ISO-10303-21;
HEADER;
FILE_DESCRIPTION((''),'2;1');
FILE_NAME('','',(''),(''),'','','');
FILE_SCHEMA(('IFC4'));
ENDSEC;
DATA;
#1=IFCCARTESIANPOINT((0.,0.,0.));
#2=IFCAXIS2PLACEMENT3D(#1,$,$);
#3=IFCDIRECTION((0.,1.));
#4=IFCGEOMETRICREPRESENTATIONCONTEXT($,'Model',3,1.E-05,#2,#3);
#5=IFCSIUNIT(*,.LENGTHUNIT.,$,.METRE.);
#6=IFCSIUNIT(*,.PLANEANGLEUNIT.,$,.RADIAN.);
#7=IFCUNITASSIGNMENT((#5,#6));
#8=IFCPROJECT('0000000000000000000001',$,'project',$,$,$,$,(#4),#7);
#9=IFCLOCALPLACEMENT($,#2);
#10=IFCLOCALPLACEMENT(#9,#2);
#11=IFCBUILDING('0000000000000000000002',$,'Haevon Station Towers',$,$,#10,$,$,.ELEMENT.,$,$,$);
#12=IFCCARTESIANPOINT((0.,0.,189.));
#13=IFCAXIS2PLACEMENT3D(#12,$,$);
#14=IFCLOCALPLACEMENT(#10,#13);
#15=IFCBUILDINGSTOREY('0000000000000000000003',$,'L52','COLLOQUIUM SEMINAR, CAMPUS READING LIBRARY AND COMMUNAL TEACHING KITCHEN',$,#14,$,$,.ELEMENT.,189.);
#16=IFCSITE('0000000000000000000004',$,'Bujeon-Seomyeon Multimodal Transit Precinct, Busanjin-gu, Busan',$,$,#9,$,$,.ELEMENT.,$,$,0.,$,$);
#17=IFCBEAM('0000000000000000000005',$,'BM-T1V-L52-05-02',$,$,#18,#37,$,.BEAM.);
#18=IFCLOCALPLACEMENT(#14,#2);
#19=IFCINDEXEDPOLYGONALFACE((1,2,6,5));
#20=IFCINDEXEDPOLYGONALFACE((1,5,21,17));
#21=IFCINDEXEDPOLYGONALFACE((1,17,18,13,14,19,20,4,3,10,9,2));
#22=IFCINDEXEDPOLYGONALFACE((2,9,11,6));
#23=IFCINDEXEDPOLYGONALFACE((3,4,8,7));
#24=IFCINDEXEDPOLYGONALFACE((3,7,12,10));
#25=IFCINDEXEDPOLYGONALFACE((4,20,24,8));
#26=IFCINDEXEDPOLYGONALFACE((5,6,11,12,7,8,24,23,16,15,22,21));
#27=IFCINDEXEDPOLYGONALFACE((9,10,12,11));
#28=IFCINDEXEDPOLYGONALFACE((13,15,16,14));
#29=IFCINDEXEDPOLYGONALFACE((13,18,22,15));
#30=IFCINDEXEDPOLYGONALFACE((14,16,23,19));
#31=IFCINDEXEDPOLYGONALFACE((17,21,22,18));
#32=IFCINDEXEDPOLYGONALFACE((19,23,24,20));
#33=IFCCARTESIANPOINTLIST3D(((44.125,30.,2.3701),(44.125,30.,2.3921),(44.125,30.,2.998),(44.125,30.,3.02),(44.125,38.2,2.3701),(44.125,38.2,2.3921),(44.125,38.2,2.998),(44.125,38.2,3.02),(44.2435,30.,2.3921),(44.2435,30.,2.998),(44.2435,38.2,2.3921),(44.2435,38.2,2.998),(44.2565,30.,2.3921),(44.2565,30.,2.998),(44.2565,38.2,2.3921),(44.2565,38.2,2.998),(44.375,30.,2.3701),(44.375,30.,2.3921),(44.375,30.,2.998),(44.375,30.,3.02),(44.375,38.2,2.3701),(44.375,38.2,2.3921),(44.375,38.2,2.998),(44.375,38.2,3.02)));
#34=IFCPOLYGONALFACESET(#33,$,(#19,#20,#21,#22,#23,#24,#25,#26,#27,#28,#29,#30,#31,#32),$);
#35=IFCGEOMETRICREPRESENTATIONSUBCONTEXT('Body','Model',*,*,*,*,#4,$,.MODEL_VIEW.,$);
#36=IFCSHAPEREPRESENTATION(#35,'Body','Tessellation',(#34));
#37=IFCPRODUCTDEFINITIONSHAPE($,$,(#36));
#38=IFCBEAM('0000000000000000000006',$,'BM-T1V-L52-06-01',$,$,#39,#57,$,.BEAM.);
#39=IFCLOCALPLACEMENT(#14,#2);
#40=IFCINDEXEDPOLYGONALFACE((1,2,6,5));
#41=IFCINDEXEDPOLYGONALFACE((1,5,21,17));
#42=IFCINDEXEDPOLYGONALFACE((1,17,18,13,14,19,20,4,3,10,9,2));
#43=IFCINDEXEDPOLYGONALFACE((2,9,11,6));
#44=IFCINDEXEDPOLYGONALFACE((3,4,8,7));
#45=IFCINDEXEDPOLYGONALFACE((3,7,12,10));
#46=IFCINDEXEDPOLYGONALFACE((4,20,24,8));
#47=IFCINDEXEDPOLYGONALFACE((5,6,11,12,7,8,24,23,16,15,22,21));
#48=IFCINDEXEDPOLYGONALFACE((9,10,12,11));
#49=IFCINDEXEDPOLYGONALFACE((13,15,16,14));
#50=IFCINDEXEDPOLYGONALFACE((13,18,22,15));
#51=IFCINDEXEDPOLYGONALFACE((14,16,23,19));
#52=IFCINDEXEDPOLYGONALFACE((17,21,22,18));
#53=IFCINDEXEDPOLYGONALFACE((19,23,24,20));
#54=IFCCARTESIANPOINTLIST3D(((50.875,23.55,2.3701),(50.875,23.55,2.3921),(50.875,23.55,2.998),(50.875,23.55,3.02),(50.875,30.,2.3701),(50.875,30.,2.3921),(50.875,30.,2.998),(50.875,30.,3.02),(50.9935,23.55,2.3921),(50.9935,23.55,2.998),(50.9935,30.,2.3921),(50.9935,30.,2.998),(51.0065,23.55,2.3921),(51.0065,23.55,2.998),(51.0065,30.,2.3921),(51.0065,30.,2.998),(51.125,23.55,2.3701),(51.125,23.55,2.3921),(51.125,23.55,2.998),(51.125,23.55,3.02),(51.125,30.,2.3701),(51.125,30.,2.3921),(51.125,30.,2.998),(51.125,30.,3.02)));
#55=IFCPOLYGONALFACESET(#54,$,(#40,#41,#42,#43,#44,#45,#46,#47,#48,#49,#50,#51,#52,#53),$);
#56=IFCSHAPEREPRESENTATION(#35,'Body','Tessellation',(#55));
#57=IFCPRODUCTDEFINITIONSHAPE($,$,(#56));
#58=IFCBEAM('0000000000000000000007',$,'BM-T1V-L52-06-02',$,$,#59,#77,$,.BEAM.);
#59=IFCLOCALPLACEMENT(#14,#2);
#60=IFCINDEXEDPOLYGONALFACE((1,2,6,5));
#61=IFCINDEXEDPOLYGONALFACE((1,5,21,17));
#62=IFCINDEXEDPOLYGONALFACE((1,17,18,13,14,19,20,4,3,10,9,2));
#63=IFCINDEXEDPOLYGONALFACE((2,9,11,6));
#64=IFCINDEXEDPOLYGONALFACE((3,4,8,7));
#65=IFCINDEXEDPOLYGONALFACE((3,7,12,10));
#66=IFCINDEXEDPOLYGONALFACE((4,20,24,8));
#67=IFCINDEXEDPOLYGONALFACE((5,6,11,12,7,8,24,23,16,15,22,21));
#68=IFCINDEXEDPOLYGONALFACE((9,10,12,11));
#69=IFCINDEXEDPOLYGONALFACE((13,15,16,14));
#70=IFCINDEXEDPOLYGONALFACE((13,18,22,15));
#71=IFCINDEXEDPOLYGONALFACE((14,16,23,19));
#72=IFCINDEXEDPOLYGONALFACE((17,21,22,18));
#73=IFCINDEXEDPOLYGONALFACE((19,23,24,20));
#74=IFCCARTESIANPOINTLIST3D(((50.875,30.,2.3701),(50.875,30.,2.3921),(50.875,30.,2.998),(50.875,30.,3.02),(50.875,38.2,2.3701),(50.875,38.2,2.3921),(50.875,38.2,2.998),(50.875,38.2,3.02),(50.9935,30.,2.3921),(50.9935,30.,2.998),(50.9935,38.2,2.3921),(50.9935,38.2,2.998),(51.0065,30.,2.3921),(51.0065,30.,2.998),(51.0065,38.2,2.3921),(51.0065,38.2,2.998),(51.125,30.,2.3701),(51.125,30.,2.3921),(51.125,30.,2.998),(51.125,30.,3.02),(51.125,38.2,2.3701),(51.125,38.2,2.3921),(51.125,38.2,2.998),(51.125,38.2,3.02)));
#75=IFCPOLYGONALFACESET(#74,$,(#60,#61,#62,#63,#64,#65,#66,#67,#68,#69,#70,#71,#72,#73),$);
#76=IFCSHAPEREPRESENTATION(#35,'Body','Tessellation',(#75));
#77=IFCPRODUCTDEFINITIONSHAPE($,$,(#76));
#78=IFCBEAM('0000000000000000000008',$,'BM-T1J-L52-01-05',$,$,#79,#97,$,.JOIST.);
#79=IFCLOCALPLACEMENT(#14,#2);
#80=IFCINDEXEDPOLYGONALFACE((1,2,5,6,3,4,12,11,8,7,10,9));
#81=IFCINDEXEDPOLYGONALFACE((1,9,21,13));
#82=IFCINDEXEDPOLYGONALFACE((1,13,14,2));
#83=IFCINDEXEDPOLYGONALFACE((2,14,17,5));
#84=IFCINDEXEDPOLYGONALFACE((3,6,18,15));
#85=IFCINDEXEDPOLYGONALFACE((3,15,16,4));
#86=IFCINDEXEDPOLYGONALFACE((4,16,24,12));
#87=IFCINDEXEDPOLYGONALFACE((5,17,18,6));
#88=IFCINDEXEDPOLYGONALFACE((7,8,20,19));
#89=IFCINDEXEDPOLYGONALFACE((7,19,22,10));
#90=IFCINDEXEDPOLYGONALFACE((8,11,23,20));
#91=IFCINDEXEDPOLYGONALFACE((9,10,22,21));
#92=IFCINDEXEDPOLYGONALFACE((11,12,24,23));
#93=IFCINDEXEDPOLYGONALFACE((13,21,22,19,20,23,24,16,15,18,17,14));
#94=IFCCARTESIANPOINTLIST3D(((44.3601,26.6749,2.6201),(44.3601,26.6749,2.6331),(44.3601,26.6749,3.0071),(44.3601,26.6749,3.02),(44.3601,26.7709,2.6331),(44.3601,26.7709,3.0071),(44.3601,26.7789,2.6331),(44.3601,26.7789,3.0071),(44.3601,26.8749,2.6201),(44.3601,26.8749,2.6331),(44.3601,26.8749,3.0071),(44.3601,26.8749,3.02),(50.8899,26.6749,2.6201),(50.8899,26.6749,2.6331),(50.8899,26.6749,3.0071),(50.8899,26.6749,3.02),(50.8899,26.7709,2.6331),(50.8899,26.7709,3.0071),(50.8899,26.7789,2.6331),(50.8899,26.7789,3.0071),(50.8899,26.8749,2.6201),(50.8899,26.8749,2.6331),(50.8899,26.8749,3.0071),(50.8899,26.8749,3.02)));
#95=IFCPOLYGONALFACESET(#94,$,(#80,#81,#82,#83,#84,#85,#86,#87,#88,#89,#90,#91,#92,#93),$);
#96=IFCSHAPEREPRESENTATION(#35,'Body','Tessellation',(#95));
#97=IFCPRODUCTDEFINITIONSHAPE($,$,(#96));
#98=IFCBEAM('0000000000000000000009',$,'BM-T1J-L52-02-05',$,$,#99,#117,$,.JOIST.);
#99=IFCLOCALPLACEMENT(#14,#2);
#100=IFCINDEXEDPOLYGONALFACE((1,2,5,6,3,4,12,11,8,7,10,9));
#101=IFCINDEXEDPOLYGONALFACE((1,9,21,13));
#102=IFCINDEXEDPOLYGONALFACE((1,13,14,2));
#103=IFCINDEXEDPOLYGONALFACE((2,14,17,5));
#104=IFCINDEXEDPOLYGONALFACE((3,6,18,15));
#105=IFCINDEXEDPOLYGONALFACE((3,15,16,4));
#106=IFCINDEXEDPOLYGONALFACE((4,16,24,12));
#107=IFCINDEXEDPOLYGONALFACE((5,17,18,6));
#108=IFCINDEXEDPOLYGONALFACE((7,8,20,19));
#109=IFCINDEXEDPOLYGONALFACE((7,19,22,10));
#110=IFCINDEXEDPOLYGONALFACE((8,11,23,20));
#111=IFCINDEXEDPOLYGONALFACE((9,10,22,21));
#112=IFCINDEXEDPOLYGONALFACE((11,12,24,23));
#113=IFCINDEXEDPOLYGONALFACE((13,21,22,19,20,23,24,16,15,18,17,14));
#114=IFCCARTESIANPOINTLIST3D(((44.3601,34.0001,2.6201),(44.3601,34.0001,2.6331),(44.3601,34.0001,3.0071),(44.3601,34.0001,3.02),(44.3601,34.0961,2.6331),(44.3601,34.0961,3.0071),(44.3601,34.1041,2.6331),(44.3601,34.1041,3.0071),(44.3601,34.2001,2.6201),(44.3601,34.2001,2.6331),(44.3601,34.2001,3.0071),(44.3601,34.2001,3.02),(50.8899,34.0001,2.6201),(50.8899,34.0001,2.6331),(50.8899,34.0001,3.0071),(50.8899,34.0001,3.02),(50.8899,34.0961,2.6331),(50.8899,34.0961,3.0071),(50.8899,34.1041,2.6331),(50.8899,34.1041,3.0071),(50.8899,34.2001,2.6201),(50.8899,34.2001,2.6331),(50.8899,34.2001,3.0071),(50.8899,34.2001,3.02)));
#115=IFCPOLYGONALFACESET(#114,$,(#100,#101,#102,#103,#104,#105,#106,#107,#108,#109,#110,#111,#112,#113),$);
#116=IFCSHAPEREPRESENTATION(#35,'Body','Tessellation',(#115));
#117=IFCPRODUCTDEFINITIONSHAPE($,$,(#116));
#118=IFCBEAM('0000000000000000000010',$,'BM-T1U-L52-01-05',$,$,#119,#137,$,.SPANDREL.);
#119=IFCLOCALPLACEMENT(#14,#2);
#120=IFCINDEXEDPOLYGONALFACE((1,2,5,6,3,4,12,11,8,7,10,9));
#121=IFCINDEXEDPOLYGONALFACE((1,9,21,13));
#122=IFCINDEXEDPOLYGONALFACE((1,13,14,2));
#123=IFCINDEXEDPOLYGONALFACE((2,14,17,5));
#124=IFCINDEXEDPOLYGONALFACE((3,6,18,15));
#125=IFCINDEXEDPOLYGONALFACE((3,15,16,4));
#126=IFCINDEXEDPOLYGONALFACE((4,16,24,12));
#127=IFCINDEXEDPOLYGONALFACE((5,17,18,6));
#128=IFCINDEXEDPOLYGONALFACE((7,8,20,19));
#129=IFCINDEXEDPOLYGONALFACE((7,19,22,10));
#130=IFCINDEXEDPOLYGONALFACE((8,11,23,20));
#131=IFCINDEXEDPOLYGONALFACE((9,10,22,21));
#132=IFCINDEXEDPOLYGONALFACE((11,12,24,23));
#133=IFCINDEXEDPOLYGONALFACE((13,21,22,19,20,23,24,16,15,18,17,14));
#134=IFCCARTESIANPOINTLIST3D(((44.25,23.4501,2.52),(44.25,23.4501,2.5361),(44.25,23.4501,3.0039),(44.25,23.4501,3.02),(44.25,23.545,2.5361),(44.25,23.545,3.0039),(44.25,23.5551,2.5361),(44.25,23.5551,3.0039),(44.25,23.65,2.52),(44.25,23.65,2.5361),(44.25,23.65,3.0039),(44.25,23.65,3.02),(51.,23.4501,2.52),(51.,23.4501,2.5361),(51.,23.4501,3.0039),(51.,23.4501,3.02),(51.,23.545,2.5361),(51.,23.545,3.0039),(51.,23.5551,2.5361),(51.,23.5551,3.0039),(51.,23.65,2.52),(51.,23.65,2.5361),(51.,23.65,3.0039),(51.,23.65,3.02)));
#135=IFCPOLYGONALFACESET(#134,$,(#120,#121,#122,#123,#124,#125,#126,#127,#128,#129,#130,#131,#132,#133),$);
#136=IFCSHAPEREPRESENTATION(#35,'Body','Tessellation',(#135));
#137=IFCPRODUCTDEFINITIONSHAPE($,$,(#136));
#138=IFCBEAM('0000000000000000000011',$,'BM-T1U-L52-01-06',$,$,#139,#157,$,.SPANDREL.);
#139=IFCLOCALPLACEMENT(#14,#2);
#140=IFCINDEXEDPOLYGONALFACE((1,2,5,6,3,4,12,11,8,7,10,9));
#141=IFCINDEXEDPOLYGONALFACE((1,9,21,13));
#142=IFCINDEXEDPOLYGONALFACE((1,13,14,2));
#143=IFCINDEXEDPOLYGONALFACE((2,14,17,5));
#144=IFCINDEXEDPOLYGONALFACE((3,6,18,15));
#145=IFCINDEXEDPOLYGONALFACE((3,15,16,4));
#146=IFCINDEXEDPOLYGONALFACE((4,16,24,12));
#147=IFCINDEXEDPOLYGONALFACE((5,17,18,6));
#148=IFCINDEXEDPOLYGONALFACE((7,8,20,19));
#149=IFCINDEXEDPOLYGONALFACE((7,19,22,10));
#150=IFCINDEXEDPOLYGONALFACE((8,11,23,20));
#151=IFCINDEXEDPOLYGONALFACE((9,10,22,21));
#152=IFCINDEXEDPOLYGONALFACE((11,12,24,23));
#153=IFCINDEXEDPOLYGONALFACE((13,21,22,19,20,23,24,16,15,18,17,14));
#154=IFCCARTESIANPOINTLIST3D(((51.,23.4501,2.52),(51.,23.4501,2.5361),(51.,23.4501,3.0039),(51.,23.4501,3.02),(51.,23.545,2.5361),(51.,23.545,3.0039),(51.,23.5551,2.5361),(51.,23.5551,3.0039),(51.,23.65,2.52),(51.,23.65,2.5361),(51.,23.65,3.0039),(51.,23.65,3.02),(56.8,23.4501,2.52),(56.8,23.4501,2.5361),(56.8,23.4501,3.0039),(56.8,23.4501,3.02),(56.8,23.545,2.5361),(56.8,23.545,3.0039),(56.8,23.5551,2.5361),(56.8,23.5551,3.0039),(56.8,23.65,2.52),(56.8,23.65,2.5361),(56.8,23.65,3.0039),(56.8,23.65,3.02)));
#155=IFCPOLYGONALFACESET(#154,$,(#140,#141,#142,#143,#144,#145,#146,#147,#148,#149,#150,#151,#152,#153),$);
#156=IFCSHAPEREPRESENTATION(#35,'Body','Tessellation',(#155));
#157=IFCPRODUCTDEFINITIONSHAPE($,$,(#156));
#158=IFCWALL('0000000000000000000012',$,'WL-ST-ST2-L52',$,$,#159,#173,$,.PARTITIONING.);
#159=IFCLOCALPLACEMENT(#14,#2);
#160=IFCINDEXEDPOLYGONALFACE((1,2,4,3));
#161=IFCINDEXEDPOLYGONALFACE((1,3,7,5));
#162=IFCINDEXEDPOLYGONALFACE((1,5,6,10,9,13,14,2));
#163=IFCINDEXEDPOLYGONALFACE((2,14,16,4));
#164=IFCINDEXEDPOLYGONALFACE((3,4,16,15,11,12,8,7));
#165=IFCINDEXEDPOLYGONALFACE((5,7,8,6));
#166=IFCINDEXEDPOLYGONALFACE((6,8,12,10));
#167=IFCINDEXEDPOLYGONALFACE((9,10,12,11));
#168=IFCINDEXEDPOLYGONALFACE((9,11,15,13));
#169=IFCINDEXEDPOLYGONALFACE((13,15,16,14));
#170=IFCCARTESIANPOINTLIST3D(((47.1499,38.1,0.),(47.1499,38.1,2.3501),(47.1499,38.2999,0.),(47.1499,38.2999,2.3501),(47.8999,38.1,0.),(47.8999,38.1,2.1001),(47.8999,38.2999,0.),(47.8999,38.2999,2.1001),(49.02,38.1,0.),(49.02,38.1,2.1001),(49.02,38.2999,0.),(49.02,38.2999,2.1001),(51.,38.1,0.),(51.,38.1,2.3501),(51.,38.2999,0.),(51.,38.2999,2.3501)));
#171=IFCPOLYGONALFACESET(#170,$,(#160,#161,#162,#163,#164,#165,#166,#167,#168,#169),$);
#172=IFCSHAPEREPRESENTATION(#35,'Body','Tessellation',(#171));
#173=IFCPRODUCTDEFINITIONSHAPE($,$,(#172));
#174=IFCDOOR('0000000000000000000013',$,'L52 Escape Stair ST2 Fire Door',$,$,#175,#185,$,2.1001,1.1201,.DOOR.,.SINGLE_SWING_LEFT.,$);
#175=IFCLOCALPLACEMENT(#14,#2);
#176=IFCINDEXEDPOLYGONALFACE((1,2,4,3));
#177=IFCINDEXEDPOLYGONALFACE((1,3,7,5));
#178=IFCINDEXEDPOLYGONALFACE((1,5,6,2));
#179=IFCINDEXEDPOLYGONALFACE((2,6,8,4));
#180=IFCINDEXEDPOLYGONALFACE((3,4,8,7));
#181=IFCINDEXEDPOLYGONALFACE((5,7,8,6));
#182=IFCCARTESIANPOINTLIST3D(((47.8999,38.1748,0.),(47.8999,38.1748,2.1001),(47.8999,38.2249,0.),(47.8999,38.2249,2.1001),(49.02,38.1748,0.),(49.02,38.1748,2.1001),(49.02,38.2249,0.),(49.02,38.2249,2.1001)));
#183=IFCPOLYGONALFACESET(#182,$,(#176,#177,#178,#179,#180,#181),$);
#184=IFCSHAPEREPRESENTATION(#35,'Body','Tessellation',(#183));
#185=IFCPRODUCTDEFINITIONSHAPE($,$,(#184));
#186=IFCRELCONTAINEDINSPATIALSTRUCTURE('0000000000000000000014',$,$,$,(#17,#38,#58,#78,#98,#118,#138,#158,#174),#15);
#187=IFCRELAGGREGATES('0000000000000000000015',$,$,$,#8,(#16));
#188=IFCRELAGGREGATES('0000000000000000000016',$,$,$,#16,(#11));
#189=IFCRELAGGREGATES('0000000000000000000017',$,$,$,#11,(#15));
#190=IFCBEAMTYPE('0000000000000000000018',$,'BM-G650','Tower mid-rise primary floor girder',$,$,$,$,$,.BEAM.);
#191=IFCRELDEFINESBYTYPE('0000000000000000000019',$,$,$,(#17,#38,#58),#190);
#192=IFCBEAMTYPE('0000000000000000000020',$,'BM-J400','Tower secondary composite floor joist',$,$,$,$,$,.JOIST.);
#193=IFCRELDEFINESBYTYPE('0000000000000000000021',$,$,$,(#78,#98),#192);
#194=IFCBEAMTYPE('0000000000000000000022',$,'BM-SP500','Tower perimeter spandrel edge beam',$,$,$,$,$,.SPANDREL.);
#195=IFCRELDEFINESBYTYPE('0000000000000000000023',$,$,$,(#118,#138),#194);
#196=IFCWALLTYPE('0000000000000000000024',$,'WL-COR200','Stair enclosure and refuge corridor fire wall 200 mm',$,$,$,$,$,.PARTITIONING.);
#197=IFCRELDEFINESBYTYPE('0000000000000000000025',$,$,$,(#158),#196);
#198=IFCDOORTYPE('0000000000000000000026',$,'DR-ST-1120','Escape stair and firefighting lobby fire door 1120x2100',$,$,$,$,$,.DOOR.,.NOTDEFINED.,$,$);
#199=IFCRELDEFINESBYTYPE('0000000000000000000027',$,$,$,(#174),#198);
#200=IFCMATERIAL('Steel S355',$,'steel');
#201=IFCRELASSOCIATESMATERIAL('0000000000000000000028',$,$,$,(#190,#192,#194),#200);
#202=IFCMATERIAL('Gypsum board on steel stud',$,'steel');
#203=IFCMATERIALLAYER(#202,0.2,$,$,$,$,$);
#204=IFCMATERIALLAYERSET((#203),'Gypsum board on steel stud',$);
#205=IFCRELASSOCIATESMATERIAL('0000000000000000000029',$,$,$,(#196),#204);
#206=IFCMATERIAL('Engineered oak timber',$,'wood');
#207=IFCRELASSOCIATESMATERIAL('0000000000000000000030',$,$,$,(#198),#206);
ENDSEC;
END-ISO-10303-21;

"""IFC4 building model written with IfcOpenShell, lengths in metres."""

from ifc_helpers import new_model, si_unit, direction, frame, frame_2d, origin, origin_2d, place, context, subcontext, project, spatial, rectangle, i_section, extrude, material, layer, layer_set, material_profile, profile_set, type_object, element, fill, save


model = new_model("IFC4")

# Units and contexts
model_context = context("Model", 3, precision=1e-05, world=origin(), true_north=direction((0.0, 1.0)))
body_context = subcontext(model_context, "Body", "Model", "MODEL_VIEW")
ifc_project = project(units=[si_unit("LENGTHUNIT", "METRE"), si_unit("PLANEANGLEUNIT", "RADIAN")], contexts=[model_context])

# Site, building, storey
site_placement = place(None, origin())
site = spatial("IfcSite", under=ifc_project, at=site_placement, Name="Bujeon-Seomyeon Multimodal Transit Precinct, Busanjin-gu, Busan", CompositionType="ELEMENT", RefElevation=0.0)
building_placement = place(site_placement, origin())
building = spatial("IfcBuilding", under=site, at=building_placement, Name="Haevon Station Towers", CompositionType="ELEMENT")
storey_placement = place(building_placement, frame((0.0, 0.0, 189.0)))
storey = spatial("IfcBuildingStorey", under=building, at=storey_placement, Name="L52", Description="COLLOQUIUM SEMINAR, CAMPUS READING LIBRARY AND COMMUNAL TEACHING KITCHEN", CompositionType="ELEMENT", Elevation=189.0)

# Shared definitions
ifc_material_1 = material(Name="Steel S355", Category="steel")

# Beams
ifc_material_profile_1 = material_profile(ifc_material_1, i_section(OverallWidth=0.25, OverallDepth=0.6499, WebThickness=0.0129, FlangeThickness=0.022, at=origin_2d()), Name="H-650x250x13x22")
ifc_profile_set_1 = profile_set([ifc_material_profile_1], Name="Steel S355")
beam_type_1 = type_object("IfcBeamType", Name="BM-G650", Description="Tower mid-rise primary floor girder", PredefinedType="BEAM", material=ifc_profile_set_1)
beam_1_placement = place(storey_placement, frame((44.25, 30.0, 2.6951), z_axis=(0.0, 1.0, 0.0), x_axis=(-1.0, 0.0, 0.0)))
element("IfcBeam", 1, at=beam_1_placement, inside=storey, type_object=beam_type_1, Name="BM-T1V-L52-05-02", PredefinedType="BEAM", context=body_context, shape_type="SweptSolid", body=[
    extrude(i_section(OverallWidth=0.25, OverallDepth=0.6499, WebThickness=0.0129, FlangeThickness=0.022, at=origin_2d()), origin(), (0.0, 0.0, 1.0), 8.2),
])
beam_2_placement = place(storey_placement, frame((51.0, 23.55, 2.6951), z_axis=(0.0, 1.0, 0.0), x_axis=(-1.0, 0.0, 0.0)))
element("IfcBeam", 2, at=beam_2_placement, inside=storey, type_object=beam_type_1, Name="BM-T1V-L52-06-01", PredefinedType="BEAM", context=body_context, shape_type="SweptSolid", body=[
    extrude(i_section(OverallWidth=0.25, OverallDepth=0.6499, WebThickness=0.0129, FlangeThickness=0.022, at=origin_2d()), origin(), (0.0, 0.0, 1.0), 6.45),
])
beam_3_placement = place(storey_placement, frame((51.0, 30.0, 2.6951), z_axis=(0.0, 1.0, 0.0), x_axis=(-1.0, 0.0, 0.0)))
element("IfcBeam", 3, at=beam_3_placement, inside=storey, type_object=beam_type_1, Name="BM-T1V-L52-06-02", PredefinedType="BEAM", context=body_context, shape_type="SweptSolid", body=[
    extrude(i_section(OverallWidth=0.25, OverallDepth=0.6499, WebThickness=0.0129, FlangeThickness=0.022, at=origin_2d()), origin(), (0.0, 0.0, 1.0), 8.2),
])
ifc_material_profile_2 = material_profile(ifc_material_1, i_section(OverallWidth=0.2, OverallDepth=0.3999, WebThickness=0.0081, FlangeThickness=0.0129, at=origin_2d()), Name="H-400x200x8x13")
ifc_profile_set_2 = profile_set([ifc_material_profile_2], Name="Steel S355")
beam_type_2 = type_object("IfcBeamType", Name="BM-J400", Description="Tower secondary composite floor joist", PredefinedType="JOIST", material=ifc_profile_set_2)
for number, where, z_axis, x_axis, name in (
    (4, (44.3601, 26.7749, 2.8201), (1.0, 0.0, 0.0), (0.0, 1.0, 0.0), "BM-T1J-L52-01-05"),
    (5, (44.3601, 34.1001, 2.8201), (1.0, 0.0, 0.0), (0.0, 1.0, 0.0), "BM-T1J-L52-02-05"),
):
    element("IfcBeam", number, at=place(storey_placement, frame(where, z_axis=z_axis, x_axis=x_axis)), inside=storey, type_object=beam_type_2, Name=name, PredefinedType="JOIST", context=body_context, shape_type="SweptSolid", body=[
        extrude(i_section(OverallWidth=0.2, OverallDepth=0.3999, WebThickness=0.0081, FlangeThickness=0.0129, at=origin_2d()), origin(), (0.0, 0.0, 1.0), 6.5298),
    ])
ifc_material_profile_3 = material_profile(ifc_material_1, i_section(OverallWidth=0.2, OverallDepth=0.5, WebThickness=0.01, FlangeThickness=0.0161, at=origin_2d()), Name="H-500x200x10x16")
ifc_profile_set_3 = profile_set([ifc_material_profile_3], Name="Steel S355")
beam_type_3 = type_object("IfcBeamType", Name="BM-SP500", Description="Tower perimeter spandrel edge beam", PredefinedType="SPANDREL", material=ifc_profile_set_3)
beam_4_placement = place(storey_placement, frame((44.25, 23.55, 2.77), z_axis=(1.0, 0.0, 0.0), x_axis=(0.0, 1.0, 0.0)))
element("IfcBeam", 6, at=beam_4_placement, inside=storey, type_object=beam_type_3, Name="BM-T1U-L52-01-05", PredefinedType="SPANDREL", context=body_context, shape_type="SweptSolid", body=[
    extrude(i_section(OverallWidth=0.2, OverallDepth=0.5, WebThickness=0.01, FlangeThickness=0.0161, at=origin_2d()), origin(), (0.0, 0.0, 1.0), 6.75),
])
beam_5_placement = place(storey_placement, frame((51.0, 23.55, 2.77), z_axis=(1.0, 0.0, 0.0), x_axis=(0.0, 1.0, 0.0)))
element("IfcBeam", 7, at=beam_5_placement, inside=storey, type_object=beam_type_3, Name="BM-T1U-L52-01-06", PredefinedType="SPANDREL", context=body_context, shape_type="SweptSolid", body=[
    extrude(i_section(OverallWidth=0.2, OverallDepth=0.5, WebThickness=0.01, FlangeThickness=0.0161, at=origin_2d()), origin(), (0.0, 0.0, 1.0), 5.8),
])

# Wall, opening, door
ifc_material_2 = material(Name="Gypsum board on steel stud", Category="steel")
ifc_layer_1 = layer(ifc_material_2, 0.2)
ifc_layer_set_1 = layer_set([ifc_layer_1], Name="Gypsum board on steel stud")
wall_type_1 = type_object("IfcWallType", Name="WL-COR200", Description="Stair enclosure and refuge corridor fire wall 200 mm", PredefinedType="PARTITIONING", material=ifc_layer_set_1)
wall_1_placement = place(storey_placement, frame((47.1499, 38.2, 0.0), z_axis=(0.0, 0.0, 1.0), x_axis=(1.0, 0.0, 0.0)))
wall_1 = element("IfcWall", 8, at=wall_1_placement, inside=storey, type_object=wall_type_1, Name="WL-ST-ST2-L52", PredefinedType="PARTITIONING", context=body_context, shape_type="SweptSolid", body=[
    extrude(rectangle(XDim=3.8501, YDim=0.2, at=frame_2d((1.925, 0.0))), origin(), (0.0, 0.0, 1.0), 2.3501),
])
opening_placement = place(wall_1_placement, frame((0.75, 0.0, 0.0)))
opening = element("IfcOpeningElement", 9, at=opening_placement, cuts=wall_1, PredefinedType="OPENING", context=body_context, shape_type="SweptSolid", body=[
    extrude(rectangle(XDim=1.1201, YDim=2.1001, at=frame_2d((0.5601, 1.05))), frame((0.0, 0.1099, 0.0), z_axis=(0.0, -1.0, 0.0), x_axis=(1.0, 0.0, 0.0)), (0.0, 0.0, 1.0), 0.22),
])
ifc_material_3 = material(Name="Engineered oak timber", Category="wood")
door_type = type_object("IfcDoorType", Name="DR-ST-1120", Description="Escape stair and firefighting lobby fire door 1120x2100", OperationType="NOTDEFINED", PredefinedType="DOOR", material=ifc_material_3)
door_placement = place(opening_placement, origin())
door = element("IfcDoor", 10, at=door_placement, inside=storey, type_object=door_type, Name="L52 Escape Stair ST2 Fire Door", OperationType="SINGLE_SWING_LEFT", OverallHeight=2.1001, OverallWidth=1.1201, PredefinedType="DOOR", context=body_context, shape_type="SweptSolid", body=[
    extrude(rectangle(XDim=1.1201, YDim=2.1001, at=frame_2d((0.5601, 1.05))), frame((0.0, 0.0249, 0.0), z_axis=(0.0, -1.0, 0.0), x_axis=(1.0, 0.0, 0.0)), (0.0, 0.0, 1.0), 0.05),
])
fill(opening, door)

save(model, "model.ifc")
